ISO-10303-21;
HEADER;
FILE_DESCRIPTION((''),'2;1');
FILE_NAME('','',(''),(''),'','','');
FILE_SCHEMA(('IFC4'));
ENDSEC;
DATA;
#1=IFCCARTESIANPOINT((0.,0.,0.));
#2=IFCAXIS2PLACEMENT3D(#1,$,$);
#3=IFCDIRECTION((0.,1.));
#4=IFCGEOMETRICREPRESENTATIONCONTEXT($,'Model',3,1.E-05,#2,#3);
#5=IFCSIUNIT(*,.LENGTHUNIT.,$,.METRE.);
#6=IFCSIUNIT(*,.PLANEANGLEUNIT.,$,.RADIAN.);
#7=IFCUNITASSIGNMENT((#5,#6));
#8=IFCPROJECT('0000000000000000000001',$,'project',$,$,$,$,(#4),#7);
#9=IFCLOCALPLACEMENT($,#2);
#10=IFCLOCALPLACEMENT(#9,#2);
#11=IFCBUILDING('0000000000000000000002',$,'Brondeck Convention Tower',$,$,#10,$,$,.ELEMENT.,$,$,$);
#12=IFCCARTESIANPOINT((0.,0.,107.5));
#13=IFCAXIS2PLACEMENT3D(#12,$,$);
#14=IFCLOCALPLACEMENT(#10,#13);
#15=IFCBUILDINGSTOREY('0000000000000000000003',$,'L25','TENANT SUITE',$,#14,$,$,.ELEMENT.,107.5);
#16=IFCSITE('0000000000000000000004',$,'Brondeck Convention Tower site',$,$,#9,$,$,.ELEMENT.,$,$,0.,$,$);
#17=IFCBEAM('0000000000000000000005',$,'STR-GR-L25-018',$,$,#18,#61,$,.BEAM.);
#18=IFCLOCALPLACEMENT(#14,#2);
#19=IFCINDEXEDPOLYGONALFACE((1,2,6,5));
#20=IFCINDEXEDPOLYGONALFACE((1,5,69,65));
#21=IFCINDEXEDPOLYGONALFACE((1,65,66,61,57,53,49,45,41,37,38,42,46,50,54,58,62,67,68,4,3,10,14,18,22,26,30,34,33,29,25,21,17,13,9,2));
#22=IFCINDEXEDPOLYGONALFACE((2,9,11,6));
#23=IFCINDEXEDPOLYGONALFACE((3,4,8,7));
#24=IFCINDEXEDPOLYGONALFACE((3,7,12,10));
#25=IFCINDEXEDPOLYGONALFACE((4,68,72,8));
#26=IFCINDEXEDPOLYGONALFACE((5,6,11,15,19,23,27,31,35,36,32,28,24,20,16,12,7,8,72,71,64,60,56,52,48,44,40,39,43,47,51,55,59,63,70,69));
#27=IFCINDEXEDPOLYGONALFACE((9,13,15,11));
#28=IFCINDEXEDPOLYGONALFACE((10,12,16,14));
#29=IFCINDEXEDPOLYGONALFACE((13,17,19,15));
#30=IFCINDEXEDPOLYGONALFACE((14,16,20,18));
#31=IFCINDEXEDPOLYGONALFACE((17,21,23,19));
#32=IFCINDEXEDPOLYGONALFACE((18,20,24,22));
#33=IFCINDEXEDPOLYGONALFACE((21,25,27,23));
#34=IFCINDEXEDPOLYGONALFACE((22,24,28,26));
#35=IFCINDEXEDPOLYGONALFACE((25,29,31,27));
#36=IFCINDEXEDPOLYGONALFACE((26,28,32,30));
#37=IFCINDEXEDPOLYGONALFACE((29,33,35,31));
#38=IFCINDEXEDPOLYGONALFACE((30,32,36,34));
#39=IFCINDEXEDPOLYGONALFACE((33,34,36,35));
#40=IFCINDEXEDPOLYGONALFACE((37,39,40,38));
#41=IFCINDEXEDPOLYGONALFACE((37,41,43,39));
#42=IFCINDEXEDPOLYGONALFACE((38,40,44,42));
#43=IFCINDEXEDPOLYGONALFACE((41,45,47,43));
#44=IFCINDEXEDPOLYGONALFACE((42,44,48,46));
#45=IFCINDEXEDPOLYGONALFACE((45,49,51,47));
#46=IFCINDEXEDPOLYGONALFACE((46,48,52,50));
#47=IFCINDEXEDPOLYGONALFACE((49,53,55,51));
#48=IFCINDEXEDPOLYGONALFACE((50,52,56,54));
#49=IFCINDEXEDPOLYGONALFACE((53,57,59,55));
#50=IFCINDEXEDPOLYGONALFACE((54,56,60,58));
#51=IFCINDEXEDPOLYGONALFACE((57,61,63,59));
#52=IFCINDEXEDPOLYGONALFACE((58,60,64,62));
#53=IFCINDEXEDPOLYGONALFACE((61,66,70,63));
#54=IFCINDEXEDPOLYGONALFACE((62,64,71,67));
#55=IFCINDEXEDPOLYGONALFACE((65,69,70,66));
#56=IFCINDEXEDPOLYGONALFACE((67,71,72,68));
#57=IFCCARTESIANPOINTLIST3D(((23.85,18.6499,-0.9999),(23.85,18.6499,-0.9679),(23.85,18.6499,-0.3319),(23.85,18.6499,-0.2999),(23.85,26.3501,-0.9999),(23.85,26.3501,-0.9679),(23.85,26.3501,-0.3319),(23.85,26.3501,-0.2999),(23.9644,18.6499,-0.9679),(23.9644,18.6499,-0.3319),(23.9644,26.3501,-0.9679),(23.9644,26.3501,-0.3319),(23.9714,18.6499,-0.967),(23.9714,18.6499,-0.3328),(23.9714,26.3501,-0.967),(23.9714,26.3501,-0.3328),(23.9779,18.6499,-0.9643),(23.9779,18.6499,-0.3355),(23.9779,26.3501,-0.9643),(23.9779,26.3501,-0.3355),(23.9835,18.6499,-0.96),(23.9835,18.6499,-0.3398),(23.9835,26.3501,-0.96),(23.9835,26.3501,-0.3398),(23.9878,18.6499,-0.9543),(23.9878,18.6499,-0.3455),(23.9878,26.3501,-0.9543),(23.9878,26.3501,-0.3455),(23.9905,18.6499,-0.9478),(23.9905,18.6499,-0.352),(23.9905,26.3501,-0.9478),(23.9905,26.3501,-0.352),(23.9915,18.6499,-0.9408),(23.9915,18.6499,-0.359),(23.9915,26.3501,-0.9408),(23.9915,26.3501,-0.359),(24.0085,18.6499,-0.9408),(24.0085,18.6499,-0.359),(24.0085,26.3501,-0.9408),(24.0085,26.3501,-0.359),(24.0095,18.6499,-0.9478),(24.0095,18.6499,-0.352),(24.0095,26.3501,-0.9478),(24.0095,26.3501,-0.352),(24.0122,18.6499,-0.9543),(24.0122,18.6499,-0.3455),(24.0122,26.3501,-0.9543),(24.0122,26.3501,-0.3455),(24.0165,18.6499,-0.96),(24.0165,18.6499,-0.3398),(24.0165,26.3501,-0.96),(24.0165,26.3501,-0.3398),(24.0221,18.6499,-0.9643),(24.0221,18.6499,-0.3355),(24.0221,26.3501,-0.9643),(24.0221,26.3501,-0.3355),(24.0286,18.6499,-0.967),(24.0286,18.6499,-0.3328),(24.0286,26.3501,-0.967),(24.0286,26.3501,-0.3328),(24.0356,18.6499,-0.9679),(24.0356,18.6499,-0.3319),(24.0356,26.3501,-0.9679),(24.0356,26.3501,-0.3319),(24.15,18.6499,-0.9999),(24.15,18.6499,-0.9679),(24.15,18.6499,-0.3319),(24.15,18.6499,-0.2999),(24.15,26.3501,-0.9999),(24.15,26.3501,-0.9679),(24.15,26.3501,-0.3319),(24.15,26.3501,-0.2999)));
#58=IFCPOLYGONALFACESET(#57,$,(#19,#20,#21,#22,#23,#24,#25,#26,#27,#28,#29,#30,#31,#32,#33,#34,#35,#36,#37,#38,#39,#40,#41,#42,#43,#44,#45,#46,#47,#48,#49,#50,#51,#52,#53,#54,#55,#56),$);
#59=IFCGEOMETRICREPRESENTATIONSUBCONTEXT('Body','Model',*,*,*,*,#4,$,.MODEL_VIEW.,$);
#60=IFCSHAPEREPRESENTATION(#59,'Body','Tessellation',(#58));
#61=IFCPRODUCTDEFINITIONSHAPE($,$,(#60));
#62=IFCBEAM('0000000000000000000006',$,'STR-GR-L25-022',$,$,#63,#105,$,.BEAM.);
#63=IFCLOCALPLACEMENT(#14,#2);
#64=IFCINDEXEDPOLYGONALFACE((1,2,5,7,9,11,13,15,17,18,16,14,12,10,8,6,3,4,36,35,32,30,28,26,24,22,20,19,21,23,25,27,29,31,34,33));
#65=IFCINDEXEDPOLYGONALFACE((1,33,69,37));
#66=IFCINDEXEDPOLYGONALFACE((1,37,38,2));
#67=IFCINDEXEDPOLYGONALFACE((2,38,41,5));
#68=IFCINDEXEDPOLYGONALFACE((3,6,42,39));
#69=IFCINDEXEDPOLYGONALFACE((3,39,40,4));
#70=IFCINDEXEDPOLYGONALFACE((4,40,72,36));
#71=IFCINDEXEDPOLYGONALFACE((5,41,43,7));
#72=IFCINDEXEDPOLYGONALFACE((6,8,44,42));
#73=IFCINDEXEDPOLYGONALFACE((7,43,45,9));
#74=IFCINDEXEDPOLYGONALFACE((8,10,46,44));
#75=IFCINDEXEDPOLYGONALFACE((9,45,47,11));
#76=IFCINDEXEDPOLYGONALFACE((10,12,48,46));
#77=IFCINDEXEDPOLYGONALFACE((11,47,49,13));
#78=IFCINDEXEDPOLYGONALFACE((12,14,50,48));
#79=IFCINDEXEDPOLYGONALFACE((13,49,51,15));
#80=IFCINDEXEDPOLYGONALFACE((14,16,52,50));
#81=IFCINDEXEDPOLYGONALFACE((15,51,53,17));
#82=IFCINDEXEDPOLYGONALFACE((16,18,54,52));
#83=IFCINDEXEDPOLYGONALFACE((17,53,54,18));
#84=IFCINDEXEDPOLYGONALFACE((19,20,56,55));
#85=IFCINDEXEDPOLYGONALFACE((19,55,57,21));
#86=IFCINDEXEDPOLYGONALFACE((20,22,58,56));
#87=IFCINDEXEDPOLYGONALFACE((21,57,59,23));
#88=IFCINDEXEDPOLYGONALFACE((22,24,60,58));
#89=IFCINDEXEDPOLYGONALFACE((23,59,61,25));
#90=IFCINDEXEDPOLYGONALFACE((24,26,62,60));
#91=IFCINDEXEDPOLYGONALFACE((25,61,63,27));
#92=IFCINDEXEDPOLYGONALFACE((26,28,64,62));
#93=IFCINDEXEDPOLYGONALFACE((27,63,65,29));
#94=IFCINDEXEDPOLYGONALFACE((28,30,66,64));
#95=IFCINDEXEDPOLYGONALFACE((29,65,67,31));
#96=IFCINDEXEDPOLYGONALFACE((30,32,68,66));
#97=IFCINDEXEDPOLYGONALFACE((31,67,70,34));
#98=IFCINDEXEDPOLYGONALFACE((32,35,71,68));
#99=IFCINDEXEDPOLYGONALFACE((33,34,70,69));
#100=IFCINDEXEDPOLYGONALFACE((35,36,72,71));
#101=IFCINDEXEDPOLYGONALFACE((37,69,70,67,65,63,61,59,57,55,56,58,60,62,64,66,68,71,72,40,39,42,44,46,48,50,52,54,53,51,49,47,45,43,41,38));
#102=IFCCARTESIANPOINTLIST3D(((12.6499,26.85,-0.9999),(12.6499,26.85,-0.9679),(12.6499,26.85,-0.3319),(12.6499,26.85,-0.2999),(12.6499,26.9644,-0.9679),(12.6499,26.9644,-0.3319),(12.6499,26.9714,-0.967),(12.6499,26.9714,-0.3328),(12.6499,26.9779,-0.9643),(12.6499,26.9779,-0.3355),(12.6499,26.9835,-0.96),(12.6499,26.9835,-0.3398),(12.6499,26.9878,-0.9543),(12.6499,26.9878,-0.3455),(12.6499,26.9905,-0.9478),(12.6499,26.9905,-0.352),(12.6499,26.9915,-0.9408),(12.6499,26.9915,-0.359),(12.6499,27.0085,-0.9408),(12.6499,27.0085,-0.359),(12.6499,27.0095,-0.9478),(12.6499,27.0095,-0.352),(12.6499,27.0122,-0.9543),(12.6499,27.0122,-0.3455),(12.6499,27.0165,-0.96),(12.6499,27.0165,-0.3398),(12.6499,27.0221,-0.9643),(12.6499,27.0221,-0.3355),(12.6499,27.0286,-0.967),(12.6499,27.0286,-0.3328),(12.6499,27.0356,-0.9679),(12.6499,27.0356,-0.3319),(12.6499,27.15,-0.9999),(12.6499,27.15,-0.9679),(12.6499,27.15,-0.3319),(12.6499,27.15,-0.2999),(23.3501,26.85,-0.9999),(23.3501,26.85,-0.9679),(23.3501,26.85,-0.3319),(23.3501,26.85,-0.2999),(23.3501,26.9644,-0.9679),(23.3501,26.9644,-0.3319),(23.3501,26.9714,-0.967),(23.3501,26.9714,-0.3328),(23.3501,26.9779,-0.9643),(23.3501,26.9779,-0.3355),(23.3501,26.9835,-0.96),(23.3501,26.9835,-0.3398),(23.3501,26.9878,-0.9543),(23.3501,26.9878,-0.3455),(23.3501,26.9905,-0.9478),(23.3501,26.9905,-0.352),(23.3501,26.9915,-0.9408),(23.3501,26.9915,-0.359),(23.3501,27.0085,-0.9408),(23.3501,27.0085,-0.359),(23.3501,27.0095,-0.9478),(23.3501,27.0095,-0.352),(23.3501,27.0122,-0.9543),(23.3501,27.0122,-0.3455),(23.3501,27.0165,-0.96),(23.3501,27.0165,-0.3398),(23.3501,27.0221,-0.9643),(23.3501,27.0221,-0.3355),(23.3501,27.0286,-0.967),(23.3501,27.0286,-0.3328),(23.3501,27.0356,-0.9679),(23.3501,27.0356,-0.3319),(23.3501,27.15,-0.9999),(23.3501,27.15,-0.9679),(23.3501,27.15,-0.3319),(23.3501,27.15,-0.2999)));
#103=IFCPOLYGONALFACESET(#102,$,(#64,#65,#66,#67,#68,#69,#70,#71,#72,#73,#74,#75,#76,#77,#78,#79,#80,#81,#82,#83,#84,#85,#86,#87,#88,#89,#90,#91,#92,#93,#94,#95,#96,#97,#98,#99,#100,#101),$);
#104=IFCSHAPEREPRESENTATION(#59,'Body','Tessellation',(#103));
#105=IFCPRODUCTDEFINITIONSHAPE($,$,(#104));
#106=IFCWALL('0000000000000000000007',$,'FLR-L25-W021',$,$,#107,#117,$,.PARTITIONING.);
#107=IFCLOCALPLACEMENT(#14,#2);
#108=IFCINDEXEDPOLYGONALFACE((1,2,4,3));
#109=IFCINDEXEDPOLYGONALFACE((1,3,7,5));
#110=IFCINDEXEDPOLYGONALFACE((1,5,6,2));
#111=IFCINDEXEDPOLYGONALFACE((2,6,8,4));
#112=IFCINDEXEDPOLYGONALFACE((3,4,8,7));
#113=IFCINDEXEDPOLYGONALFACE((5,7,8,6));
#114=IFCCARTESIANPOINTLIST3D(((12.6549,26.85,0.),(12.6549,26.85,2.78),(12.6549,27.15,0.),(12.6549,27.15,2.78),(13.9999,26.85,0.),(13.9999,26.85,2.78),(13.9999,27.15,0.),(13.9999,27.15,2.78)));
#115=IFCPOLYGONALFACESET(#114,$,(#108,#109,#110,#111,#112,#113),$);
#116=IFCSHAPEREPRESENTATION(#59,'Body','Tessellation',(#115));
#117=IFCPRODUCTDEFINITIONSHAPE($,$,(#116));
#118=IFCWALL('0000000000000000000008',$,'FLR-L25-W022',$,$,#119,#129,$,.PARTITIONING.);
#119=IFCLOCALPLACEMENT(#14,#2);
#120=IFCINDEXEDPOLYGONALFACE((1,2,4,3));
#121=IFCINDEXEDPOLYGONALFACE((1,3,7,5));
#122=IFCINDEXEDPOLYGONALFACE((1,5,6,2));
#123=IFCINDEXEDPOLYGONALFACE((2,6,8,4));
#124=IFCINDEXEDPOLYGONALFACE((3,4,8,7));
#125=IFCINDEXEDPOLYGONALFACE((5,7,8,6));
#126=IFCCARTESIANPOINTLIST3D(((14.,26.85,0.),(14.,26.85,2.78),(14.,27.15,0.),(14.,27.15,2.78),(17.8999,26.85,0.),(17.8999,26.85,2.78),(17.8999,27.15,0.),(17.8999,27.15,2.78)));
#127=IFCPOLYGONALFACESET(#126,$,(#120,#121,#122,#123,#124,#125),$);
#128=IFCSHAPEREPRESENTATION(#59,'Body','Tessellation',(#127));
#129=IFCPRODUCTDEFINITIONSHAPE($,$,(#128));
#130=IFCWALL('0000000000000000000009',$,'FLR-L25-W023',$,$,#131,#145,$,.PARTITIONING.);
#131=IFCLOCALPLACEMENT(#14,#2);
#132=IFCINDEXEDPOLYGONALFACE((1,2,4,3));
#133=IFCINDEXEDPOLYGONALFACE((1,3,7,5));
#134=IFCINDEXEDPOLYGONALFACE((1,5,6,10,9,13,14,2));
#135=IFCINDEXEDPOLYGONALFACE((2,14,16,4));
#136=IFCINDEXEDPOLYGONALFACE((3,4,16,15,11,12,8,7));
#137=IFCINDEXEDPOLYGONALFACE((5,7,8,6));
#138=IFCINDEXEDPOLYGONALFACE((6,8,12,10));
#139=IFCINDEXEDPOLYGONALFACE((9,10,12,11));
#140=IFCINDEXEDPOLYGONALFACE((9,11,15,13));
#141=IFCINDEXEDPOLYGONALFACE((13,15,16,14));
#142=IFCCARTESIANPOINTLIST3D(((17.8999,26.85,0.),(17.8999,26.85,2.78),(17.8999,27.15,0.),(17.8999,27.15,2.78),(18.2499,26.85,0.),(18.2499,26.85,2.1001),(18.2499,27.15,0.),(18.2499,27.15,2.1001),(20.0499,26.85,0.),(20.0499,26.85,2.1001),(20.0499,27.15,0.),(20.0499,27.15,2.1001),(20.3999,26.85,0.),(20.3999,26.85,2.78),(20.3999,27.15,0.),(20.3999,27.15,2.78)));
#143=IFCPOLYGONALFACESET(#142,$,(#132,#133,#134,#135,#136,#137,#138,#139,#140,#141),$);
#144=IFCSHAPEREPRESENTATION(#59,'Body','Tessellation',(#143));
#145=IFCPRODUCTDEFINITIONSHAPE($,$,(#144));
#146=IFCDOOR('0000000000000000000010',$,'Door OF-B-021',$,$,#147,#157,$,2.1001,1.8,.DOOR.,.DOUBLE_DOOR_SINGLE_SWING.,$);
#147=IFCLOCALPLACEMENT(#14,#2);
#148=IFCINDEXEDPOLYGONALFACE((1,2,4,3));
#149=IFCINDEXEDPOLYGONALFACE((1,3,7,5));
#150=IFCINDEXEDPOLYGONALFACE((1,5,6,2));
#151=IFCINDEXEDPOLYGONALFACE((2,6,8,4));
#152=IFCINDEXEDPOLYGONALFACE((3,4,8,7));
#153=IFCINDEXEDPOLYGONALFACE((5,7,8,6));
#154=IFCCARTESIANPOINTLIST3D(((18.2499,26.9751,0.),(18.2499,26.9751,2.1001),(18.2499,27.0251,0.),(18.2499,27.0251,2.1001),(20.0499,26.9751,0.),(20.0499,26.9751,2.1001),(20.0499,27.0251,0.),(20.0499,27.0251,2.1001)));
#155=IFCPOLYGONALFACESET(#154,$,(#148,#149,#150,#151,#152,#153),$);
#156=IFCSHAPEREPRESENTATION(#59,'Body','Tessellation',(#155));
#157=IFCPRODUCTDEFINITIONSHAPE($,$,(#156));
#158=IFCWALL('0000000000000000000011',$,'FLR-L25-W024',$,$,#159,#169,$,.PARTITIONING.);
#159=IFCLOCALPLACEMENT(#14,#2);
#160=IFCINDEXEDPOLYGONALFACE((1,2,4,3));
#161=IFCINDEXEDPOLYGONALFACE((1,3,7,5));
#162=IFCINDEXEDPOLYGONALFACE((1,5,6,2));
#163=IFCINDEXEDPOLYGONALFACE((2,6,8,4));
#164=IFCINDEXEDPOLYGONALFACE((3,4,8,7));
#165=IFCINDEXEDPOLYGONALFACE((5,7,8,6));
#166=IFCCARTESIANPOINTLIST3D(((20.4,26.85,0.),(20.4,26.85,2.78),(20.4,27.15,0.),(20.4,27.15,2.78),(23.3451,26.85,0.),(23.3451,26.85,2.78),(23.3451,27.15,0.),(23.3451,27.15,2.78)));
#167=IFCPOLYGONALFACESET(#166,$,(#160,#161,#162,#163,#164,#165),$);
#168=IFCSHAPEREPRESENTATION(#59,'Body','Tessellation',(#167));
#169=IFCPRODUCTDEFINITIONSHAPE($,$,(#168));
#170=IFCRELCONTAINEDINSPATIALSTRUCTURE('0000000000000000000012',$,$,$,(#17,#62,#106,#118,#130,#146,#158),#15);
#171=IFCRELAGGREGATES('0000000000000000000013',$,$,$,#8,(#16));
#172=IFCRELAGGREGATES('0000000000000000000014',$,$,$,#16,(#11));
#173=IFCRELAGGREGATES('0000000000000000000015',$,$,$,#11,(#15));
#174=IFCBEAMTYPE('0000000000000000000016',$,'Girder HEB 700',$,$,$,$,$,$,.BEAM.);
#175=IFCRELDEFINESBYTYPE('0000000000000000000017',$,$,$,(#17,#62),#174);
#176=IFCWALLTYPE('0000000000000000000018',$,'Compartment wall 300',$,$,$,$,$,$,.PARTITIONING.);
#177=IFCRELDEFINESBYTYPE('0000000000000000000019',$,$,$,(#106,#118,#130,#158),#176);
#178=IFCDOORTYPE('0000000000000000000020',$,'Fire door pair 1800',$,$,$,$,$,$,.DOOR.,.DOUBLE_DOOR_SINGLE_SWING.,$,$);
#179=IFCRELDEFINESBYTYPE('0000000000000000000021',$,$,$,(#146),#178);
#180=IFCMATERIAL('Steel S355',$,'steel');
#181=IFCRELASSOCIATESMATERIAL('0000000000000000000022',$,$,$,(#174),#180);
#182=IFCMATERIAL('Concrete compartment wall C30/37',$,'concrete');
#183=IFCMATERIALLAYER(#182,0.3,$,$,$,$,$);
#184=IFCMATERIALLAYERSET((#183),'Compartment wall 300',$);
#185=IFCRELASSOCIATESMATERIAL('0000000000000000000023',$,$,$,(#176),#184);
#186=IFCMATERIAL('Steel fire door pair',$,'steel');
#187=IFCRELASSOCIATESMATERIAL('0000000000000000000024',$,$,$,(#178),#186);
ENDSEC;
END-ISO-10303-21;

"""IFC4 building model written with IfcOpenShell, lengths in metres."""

from ifc_helpers import new_model, si_unit, direction, frame, frame_2d, origin, origin_2d, place, context, subcontext, project, spatial, rectangle, i_section, extrude, material, layer, layer_set, material_profile, profile_set, type_object, element, fill, save


model = new_model("IFC4")

# Units and contexts
model_context = context("Model", 3, precision=1e-05, world=origin(), true_north=direction((0.0, 1.0)))
body_context = subcontext(model_context, "Body", "Model", "MODEL_VIEW")
ifc_project = project(units=[si_unit("LENGTHUNIT", "METRE"), si_unit("PLANEANGLEUNIT", "RADIAN")], contexts=[model_context])

# Site, building, storey
site_placement = place(None, origin())
site = spatial("IfcSite", under=ifc_project, at=site_placement, Name="Brondeck Convention Tower site", CompositionType="ELEMENT", RefElevation=0.0)
building_placement = place(site_placement, origin())
building = spatial("IfcBuilding", under=site, at=building_placement, Name="Brondeck Convention Tower", CompositionType="ELEMENT")
storey_placement = place(building_placement, frame((0.0, 0.0, 107.5)))
storey = spatial("IfcBuildingStorey", under=building, at=storey_placement, Name="L25", Description="TENANT SUITE", CompositionType="ELEMENT", Elevation=107.5)

# Beams
ifc_material_1 = material(Name="Steel S355", Category="steel")
ifc_material_profile_1 = material_profile(ifc_material_1, i_section(OverallWidth=0.3, OverallDepth=0.7, WebThickness=0.0171, FlangeThickness=0.032, FilletRadius=0.0271, at=origin_2d()), Name="HEB 700")
ifc_profile_set_1 = profile_set([ifc_material_profile_1], Name="Steel S355")
beam_type_1 = type_object("IfcBeamType", Name="Girder HEB 700", PredefinedType="BEAM", material=ifc_profile_set_1)
for number, where, z_axis, x_axis, name in (
    (1, (24.0, 26.3501, -0.6499), (0.0, -1.0, 0.0), (1.0, 0.0, 0.0), "STR-GR-L25-018"),
):
    element("IfcBeam", number, at=place(storey_placement, frame(where, z_axis=z_axis, x_axis=x_axis)), inside=storey, type_object=beam_type_1, Name=name, PredefinedType="BEAM", context=body_context, shape_type="SweptSolid", body=[
        extrude(i_section(OverallWidth=0.3, OverallDepth=0.7, WebThickness=0.0171, FlangeThickness=0.032, FilletRadius=0.0271, at=origin_2d()), origin(), (0.0, 0.0, 1.0), 7.7002),
    ])
beam_1_placement = place(storey_placement, frame((12.6499, 27.0, -0.6499), z_axis=(1.0, 0.0, 0.0), x_axis=(0.0, 1.0, 0.0)))
element("IfcBeam", 2, at=beam_1_placement, inside=storey, type_object=beam_type_1, Name="STR-GR-L25-022", PredefinedType="BEAM", context=body_context, shape_type="SweptSolid", body=[
    extrude(i_section(OverallWidth=0.3, OverallDepth=0.7, WebThickness=0.0171, FlangeThickness=0.032, FilletRadius=0.0271, at=origin_2d()), origin(), (0.0, 0.0, 1.0), 10.7002),
])

# Walls
ifc_material_2 = material(Name="Concrete compartment wall C30/37", Category="concrete")
ifc_layer_1 = layer(ifc_material_2, 0.3)
ifc_layer_set_1 = layer_set([ifc_layer_1], Name="Compartment wall 300")
wall_type_1 = type_object("IfcWallType", Name="Compartment wall 300", PredefinedType="PARTITIONING", material=ifc_layer_set_1)
wall_1_placement = place(storey_placement, frame((12.655, 27.0, 0.0), z_axis=(0.0, 0.0, 1.0), x_axis=(1.0, 0.0, 0.0)))
element("IfcWall", 3, at=wall_1_placement, inside=storey, type_object=wall_type_1, Name="FLR-L25-W021", PredefinedType="PARTITIONING", context=body_context, shape_type="SweptSolid", body=[
    extrude(rectangle(XDim=1.345, YDim=0.3, at=frame_2d((0.6724, 0.0))), origin(), (0.0, 0.0, 1.0), 2.78),
])
wall_2_placement = place(storey_placement, frame((14.0, 27.0, 0.0), z_axis=(0.0, 0.0, 1.0), x_axis=(1.0, 0.0, 0.0)))
element("IfcWall", 4, at=wall_2_placement, inside=storey, type_object=wall_type_1, Name="FLR-L25-W022", PredefinedType="PARTITIONING", context=body_context, shape_type="SweptSolid", body=[
    extrude(rectangle(XDim=3.8999, YDim=0.3, at=frame_2d((1.95, 0.0))), origin(), (0.0, 0.0, 1.0), 2.78),
])

# Wall, opening, door
wall_3_placement = place(storey_placement, frame((20.3999, 27.0, 0.0), z_axis=(0.0, 0.0, 1.0), x_axis=(-1.0, 0.0, 0.0)))
wall_3 = element("IfcWall", 5, at=wall_3_placement, inside=storey, type_object=wall_type_1, Name="FLR-L25-W023", PredefinedType="PARTITIONING", context=body_context, shape_type="SweptSolid", body=[
    extrude(rectangle(XDim=2.5, YDim=0.3, at=frame_2d((1.25, 0.0))), origin(), (0.0, 0.0, 1.0), 2.78),
])
opening_1_placement = place(wall_3_placement, frame((0.3501, 0.0, 0.0)))
opening_1 = element("IfcOpeningElement", 6, at=opening_1_placement, cuts=wall_3, PredefinedType="OPENING", context=body_context, shape_type="SweptSolid", body=[
    extrude(rectangle(XDim=1.8, YDim=2.1001, at=frame_2d((0.8999, 1.05))), frame((0.0, 0.1599, 0.0), z_axis=(0.0, -1.0, 0.0), x_axis=(1.0, 0.0, 0.0)), (0.0, 0.0, 1.0), 0.3201),
])
ifc_material_3 = material(Name="Steel fire door pair", Category="steel")
door_type_1 = type_object("IfcDoorType", Name="Fire door pair 1800", OperationType="DOUBLE_DOOR_SINGLE_SWING", PredefinedType="DOOR", material=ifc_material_3)
door_1_placement = place(opening_1_placement, origin())
door_1 = element("IfcDoor", 7, at=door_1_placement, inside=storey, type_object=door_type_1, Name="Door OF-B-021", OperationType="DOUBLE_DOOR_SINGLE_SWING", OverallHeight=2.1001, OverallWidth=1.8, PredefinedType="DOOR", context=body_context, shape_type="SweptSolid", body=[
    extrude(rectangle(XDim=1.8, YDim=2.1001, at=frame_2d((0.8999, 1.05))), frame((0.0, 0.0249, 0.0), z_axis=(0.0, -1.0, 0.0), x_axis=(1.0, 0.0, 0.0)), (0.0, 0.0, 1.0), 0.05),
])
fill(opening_1, door_1)

# Wall
wall_4_placement = place(storey_placement, frame((20.3999, 27.0, 0.0), z_axis=(0.0, 0.0, 1.0), x_axis=(1.0, 0.0, 0.0)))
element("IfcWall", 8, at=wall_4_placement, inside=storey, type_object=wall_type_1, Name="FLR-L25-W024", PredefinedType="PARTITIONING", context=body_context, shape_type="SweptSolid", body=[
    extrude(rectangle(XDim=2.9451, YDim=0.3, at=frame_2d((1.4727, 0.0))), origin(), (0.0, 0.0, 1.0), 2.78),
])

save(model, "model.ifc")
